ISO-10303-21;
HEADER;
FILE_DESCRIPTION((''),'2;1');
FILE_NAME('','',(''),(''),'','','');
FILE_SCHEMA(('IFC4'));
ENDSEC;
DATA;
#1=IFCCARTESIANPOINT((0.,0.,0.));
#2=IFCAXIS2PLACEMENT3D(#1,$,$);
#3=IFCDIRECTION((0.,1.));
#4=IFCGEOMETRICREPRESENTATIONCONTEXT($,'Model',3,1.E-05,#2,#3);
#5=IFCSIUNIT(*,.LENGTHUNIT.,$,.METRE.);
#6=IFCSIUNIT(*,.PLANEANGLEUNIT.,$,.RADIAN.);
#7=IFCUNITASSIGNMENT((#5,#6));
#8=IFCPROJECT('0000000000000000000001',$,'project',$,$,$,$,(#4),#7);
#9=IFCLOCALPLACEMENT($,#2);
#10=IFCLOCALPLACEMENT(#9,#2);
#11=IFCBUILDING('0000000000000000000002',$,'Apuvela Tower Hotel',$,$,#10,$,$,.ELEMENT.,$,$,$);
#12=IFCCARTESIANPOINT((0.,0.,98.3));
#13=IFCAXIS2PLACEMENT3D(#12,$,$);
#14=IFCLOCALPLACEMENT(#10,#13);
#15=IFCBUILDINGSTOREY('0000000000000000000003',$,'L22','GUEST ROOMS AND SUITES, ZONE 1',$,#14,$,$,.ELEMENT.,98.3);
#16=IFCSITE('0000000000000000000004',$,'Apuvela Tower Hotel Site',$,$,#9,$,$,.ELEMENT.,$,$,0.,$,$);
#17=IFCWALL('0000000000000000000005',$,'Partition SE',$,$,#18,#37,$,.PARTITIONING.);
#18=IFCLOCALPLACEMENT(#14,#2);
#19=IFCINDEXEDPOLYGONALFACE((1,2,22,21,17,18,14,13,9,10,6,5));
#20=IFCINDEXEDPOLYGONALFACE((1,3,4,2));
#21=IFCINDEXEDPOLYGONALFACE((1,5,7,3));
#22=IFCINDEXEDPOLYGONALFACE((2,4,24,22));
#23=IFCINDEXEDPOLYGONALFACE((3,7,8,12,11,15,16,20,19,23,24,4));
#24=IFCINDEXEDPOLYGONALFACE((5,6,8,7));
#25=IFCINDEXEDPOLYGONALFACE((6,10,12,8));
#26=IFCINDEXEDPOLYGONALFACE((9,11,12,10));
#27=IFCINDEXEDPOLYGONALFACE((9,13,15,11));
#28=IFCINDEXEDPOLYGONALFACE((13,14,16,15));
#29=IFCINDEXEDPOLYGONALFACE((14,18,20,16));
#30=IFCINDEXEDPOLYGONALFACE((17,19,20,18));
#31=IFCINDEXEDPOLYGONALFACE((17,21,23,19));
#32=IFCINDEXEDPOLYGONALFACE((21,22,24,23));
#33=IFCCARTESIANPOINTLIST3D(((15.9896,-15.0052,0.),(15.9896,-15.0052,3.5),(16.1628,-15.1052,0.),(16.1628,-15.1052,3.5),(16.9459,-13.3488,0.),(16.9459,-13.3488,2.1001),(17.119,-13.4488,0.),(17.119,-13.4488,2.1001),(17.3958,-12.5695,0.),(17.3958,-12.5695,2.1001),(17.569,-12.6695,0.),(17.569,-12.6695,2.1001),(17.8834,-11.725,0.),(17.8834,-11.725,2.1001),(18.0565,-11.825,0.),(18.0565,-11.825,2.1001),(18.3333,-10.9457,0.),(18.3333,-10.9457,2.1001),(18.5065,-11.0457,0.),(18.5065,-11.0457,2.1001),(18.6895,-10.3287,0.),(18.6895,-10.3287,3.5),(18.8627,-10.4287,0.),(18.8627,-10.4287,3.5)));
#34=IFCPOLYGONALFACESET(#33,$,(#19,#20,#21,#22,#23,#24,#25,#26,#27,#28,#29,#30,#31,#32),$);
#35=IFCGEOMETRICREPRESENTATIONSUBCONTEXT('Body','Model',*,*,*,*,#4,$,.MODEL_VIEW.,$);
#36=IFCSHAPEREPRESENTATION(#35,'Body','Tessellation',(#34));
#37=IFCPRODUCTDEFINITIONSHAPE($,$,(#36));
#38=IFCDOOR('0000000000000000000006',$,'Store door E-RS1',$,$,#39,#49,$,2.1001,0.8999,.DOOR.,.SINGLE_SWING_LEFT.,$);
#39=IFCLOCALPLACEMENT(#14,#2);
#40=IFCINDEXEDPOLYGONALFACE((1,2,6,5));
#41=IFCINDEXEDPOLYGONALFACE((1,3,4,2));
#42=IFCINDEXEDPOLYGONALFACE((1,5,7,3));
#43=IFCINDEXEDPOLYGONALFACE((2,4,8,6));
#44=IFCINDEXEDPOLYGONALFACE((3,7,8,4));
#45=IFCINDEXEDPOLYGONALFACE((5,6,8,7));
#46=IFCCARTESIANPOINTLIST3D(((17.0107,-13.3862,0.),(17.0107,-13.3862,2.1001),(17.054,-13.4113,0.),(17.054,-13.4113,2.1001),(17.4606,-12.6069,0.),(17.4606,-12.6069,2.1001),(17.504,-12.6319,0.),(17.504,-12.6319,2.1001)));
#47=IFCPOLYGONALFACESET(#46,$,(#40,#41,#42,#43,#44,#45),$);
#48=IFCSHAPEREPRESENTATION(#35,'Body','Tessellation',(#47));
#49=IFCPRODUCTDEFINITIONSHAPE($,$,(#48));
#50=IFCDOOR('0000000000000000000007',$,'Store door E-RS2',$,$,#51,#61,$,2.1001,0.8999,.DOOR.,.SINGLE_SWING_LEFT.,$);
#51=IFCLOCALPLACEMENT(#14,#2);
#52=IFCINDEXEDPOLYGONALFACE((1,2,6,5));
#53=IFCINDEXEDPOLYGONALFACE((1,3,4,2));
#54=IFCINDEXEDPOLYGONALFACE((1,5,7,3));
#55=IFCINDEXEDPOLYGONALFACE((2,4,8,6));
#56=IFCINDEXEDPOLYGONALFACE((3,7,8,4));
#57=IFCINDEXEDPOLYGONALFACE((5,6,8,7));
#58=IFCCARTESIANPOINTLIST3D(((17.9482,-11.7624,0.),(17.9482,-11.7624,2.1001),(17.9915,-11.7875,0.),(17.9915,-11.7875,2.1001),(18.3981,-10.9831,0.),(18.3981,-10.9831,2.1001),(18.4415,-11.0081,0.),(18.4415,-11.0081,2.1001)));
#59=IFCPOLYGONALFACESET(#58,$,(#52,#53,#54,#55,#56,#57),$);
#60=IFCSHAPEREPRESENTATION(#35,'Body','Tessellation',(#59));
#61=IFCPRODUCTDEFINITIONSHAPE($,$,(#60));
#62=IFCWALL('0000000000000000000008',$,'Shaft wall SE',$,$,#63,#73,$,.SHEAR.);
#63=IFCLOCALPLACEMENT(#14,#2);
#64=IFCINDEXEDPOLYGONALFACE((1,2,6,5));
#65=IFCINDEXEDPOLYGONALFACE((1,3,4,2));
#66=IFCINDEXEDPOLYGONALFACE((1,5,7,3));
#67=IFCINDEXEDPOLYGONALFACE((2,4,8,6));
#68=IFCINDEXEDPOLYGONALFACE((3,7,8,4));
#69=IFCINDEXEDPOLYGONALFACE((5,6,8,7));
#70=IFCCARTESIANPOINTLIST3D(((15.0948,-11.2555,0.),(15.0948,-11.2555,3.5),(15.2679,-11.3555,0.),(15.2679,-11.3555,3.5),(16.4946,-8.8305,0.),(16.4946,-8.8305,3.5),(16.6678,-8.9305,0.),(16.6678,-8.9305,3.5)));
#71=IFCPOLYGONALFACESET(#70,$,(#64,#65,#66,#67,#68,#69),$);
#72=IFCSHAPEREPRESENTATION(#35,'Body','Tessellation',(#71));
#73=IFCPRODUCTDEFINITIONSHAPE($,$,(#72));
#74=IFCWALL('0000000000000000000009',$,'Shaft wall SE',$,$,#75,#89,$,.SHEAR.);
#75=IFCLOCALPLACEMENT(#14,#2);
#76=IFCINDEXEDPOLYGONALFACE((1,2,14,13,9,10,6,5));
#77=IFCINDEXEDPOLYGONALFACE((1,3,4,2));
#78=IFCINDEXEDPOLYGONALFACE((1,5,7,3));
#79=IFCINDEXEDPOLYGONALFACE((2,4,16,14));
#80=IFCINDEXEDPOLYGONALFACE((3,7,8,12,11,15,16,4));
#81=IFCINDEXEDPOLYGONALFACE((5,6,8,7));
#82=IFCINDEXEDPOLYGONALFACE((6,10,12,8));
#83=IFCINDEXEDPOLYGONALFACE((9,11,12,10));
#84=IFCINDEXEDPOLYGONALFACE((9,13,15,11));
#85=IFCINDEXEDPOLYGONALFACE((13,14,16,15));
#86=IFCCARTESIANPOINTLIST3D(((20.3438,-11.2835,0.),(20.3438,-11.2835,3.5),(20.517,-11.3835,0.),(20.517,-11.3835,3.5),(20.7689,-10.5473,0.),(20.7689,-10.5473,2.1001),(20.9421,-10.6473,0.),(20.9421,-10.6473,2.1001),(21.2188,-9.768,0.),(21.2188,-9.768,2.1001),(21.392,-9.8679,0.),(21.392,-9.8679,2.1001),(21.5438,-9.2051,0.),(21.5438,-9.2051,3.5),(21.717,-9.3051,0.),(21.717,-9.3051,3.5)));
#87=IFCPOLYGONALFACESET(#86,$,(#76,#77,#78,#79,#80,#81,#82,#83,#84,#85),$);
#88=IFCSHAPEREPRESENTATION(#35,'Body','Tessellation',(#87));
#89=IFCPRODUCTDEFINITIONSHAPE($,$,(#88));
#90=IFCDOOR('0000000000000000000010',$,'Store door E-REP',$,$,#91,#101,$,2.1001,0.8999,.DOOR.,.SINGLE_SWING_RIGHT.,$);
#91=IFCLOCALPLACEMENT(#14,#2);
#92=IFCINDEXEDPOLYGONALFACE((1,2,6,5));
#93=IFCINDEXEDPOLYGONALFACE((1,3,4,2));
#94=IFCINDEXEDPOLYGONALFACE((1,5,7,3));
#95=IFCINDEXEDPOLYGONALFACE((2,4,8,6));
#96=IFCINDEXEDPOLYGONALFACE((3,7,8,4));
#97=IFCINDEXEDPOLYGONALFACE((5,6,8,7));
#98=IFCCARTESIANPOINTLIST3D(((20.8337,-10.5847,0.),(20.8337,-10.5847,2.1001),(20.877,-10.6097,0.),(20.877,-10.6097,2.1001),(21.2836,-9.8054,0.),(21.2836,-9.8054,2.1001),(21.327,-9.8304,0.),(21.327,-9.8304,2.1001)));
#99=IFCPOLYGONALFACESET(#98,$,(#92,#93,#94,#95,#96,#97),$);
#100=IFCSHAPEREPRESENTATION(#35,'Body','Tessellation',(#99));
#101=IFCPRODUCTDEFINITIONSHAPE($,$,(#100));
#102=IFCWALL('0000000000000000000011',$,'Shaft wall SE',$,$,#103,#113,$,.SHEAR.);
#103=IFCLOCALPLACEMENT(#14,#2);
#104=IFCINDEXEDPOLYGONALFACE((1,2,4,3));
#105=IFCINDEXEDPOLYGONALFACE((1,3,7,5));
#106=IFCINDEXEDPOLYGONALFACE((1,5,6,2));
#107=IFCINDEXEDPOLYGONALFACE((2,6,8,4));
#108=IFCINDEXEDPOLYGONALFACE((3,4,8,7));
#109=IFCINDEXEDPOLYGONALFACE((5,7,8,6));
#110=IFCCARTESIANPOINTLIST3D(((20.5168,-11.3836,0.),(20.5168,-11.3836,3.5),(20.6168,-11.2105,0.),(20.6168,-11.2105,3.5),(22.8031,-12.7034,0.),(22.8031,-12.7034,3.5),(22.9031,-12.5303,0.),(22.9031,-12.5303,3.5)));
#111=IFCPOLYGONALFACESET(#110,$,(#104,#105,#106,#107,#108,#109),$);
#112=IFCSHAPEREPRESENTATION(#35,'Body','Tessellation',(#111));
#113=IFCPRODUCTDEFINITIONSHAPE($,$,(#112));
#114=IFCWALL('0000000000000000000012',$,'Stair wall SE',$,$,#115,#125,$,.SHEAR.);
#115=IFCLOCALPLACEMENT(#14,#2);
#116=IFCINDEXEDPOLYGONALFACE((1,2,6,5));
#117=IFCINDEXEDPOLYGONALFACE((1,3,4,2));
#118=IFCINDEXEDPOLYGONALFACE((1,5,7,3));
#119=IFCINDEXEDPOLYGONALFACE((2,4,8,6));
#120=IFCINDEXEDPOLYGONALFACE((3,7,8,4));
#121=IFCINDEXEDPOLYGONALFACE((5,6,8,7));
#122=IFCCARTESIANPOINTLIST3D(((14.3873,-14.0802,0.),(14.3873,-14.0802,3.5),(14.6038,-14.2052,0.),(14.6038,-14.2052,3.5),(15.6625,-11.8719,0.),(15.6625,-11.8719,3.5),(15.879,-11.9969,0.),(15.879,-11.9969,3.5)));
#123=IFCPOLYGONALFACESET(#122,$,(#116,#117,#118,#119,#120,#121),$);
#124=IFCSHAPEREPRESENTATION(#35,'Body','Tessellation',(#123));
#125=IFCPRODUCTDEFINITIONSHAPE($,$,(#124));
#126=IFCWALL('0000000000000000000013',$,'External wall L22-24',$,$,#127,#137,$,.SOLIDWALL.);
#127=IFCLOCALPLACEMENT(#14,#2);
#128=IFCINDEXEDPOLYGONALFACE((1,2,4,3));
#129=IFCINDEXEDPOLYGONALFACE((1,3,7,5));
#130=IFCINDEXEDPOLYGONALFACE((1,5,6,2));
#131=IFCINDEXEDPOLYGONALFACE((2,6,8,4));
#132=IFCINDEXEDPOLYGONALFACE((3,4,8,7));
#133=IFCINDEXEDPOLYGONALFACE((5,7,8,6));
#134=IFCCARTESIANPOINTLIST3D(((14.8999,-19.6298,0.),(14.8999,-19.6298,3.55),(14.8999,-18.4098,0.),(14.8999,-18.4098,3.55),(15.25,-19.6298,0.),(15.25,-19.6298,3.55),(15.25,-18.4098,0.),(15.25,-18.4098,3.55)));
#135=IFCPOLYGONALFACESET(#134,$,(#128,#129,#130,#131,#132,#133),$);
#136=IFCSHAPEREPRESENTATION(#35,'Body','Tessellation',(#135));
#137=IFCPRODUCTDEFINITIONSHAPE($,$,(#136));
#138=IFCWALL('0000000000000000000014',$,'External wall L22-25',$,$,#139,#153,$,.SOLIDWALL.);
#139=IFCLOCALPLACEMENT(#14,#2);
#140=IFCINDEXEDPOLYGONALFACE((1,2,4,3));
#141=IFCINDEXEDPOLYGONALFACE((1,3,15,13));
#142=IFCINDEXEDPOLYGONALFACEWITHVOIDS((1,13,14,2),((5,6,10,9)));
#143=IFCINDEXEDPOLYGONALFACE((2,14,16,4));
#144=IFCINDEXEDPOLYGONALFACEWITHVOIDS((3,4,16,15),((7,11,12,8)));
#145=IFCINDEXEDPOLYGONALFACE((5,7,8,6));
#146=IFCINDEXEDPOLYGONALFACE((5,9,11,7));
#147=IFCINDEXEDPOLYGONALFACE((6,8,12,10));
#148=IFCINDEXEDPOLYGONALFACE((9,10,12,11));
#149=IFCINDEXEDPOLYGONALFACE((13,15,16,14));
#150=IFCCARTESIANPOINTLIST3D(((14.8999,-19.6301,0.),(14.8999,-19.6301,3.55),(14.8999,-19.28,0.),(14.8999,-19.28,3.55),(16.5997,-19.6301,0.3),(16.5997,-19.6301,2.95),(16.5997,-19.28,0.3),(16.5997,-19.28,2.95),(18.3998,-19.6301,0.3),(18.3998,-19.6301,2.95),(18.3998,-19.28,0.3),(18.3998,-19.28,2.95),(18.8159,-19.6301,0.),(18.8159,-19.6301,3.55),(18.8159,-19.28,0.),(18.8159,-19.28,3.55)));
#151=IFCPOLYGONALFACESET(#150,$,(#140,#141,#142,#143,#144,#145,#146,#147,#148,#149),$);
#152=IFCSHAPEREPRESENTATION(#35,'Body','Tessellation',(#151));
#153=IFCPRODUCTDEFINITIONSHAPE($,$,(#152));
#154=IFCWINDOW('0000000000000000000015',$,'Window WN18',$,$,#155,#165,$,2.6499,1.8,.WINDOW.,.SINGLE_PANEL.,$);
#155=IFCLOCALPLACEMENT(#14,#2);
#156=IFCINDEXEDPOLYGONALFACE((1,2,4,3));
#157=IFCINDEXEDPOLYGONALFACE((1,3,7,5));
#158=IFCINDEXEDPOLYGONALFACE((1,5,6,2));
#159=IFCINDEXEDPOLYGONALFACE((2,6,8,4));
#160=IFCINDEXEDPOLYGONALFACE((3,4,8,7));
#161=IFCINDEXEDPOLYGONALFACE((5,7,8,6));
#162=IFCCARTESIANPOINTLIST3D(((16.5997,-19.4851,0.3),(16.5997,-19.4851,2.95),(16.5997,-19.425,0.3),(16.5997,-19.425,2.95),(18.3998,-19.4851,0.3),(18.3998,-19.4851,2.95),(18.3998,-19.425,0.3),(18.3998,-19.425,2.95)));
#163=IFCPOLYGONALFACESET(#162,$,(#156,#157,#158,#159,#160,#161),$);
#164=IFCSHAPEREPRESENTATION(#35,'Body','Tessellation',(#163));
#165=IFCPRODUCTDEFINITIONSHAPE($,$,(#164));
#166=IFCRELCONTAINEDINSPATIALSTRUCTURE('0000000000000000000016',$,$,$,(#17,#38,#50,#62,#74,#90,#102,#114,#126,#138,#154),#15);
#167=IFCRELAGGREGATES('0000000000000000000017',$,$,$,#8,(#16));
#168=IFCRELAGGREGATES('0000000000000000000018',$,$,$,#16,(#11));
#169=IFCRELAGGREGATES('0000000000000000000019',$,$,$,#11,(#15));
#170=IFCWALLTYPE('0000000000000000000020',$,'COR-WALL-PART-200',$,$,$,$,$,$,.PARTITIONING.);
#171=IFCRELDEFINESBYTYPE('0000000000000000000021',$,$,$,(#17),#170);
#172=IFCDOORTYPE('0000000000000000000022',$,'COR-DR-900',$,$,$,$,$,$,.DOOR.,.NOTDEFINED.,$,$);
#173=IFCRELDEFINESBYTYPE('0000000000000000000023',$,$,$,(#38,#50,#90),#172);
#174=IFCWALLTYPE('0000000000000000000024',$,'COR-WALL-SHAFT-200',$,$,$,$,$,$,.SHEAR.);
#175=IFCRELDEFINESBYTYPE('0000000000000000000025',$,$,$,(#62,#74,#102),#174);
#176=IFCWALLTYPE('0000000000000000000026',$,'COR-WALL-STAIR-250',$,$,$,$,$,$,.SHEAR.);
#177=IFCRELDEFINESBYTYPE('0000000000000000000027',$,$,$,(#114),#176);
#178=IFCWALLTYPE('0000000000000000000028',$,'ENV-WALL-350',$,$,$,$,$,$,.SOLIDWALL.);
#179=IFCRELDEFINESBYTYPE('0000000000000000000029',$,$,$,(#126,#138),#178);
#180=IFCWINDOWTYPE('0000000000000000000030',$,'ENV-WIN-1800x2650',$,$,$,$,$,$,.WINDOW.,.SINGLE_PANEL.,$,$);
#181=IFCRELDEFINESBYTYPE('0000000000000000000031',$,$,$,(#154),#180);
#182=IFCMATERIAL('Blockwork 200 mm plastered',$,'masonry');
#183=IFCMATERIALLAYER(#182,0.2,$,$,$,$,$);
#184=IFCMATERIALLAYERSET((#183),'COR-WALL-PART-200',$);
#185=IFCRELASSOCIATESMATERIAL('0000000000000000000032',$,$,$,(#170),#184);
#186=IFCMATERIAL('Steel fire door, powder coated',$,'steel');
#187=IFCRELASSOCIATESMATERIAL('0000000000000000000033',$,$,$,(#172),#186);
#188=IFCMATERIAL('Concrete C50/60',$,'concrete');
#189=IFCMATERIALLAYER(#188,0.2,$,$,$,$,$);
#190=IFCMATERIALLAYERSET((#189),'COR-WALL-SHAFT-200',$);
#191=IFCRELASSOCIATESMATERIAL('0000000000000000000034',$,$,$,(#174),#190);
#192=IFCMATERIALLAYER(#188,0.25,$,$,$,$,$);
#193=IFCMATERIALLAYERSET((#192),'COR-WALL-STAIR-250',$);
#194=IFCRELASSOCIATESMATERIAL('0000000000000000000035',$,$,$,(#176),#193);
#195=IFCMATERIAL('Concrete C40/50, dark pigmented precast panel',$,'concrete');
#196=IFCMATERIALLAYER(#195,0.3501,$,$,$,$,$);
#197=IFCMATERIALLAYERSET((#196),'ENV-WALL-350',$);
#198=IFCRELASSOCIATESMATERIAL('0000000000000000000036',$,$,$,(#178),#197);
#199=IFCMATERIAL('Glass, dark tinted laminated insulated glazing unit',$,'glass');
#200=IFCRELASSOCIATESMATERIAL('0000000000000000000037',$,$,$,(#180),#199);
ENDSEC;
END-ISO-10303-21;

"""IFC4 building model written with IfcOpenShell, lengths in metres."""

from ifc_helpers import new_model, si_unit, direction, frame, frame_2d, origin, place, context, subcontext, project, spatial, rectangle, extrude, material, layer, layer_set, type_object, element, fill, save


model = new_model("IFC4")

# Units and contexts
model_context = context("Model", 3, precision=1e-05, world=origin(), true_north=direction((0.0, 1.0)))
body_context = subcontext(model_context, "Body", "Model", "MODEL_VIEW")
ifc_project = project(units=[si_unit("LENGTHUNIT", "METRE"), si_unit("PLANEANGLEUNIT", "RADIAN")], contexts=[model_context])

# Site, building, storey
site_placement = place(None, origin())
site = spatial("IfcSite", under=ifc_project, at=site_placement, Name="Apuvela Tower Hotel Site", CompositionType="ELEMENT", RefElevation=0.0)
building_placement = place(site_placement, origin())
building = spatial("IfcBuilding", under=site, at=building_placement, Name="Apuvela Tower Hotel", CompositionType="ELEMENT")
storey_placement = place(building_placement, frame((0.0, 0.0, 98.3)))
storey = spatial("IfcBuildingStorey", under=building, at=storey_placement, Name="L22", Description="GUEST ROOMS AND SUITES, ZONE 1", CompositionType="ELEMENT", Elevation=98.3)

# Wall, openings, doors
ifc_material_1 = material(Name="Blockwork 200 mm plastered", Category="masonry")
ifc_layer_1 = layer(ifc_material_1, 0.2)
ifc_layer_set_1 = layer_set([ifc_layer_1], Name="COR-WALL-PART-200")
wall_type_1 = type_object("IfcWallType", Name="COR-WALL-PART-200", PredefinedType="PARTITIONING", material=ifc_layer_set_1)
wall_1_placement = place(storey_placement, frame((16.0762, -15.0552, 0.0), z_axis=(0.0, 0.0, 1.0), x_axis=(0.499995, 0.866028, 0.0)))
wall_1 = element("IfcWall", 1, at=wall_1_placement, inside=storey, type_object=wall_type_1, Name="Partition SE", PredefinedType="PARTITIONING", context=body_context, shape_type="SweptSolid", body=[
    extrude(rectangle(XDim=5.3999, YDim=0.2, at=frame_2d((2.7, 0.0))), origin(), (0.0, 0.0, 1.0), 3.5),
])
opening_1_placement = place(wall_1_placement, frame((1.9126, 0.0, 0.0)))
opening_1 = element("IfcOpeningElement", 2, at=opening_1_placement, cuts=wall_1, PredefinedType="OPENING", context=body_context, shape_type="SweptSolid", body=[
    extrude(rectangle(XDim=0.8999, YDim=2.1001, at=frame_2d((0.45, 1.05))), frame((0.0, 0.1099, 0.0), z_axis=(0.0, -1.0, 0.0), x_axis=(1.0, 0.0, 0.0)), (0.0, 0.0, 1.0), 0.22),
])
opening_2_placement = place(wall_1_placement, frame((3.7876, 0.0, 0.0)))
opening_2 = element("IfcOpeningElement", 3, at=opening_2_placement, cuts=wall_1, PredefinedType="OPENING", context=body_context, shape_type="SweptSolid", body=[
    extrude(rectangle(XDim=0.8999, YDim=2.1001, at=frame_2d((0.45, 1.05))), frame((0.0, 0.1099, 0.0), z_axis=(0.0, -1.0, 0.0), x_axis=(1.0, 0.0, 0.0)), (0.0, 0.0, 1.0), 0.22),
])
ifc_material_2 = material(Name="Steel fire door, powder coated", Category="steel")
door_type_1 = type_object("IfcDoorType", Name="COR-DR-900", OperationType="NOTDEFINED", PredefinedType="DOOR", material=ifc_material_2)
door_1_placement = place(opening_1_placement, frame((0.8999, 0.0, 0.0), z_axis=(0.0, 0.0, 1.0), x_axis=(-1.0, 0.0, 0.0)))
door_1 = element("IfcDoor", 4, at=door_1_placement, inside=storey, type_object=door_type_1, Name="Store door E-RS1", OperationType="SINGLE_SWING_LEFT", OverallHeight=2.1001, OverallWidth=0.8999, PredefinedType="DOOR", context=body_context, shape_type="SweptSolid", body=[
    extrude(rectangle(XDim=0.8999, YDim=2.1001, at=frame_2d((0.45, 1.05))), frame((0.0, 0.0249, 0.0), z_axis=(0.0, -1.0, 0.0), x_axis=(1.0, 0.0, 0.0)), (0.0, 0.0, 1.0), 0.05),
])
fill(opening_1, door_1)
door_2_placement = place(opening_2_placement, frame((0.8999, 0.0, 0.0), z_axis=(0.0, 0.0, 1.0), x_axis=(-1.0, 0.0, 0.0)))
door_2 = element("IfcDoor", 5, at=door_2_placement, inside=storey, type_object=door_type_1, Name="Store door E-RS2", OperationType="SINGLE_SWING_LEFT", OverallHeight=2.1001, OverallWidth=0.8999, PredefinedType="DOOR", context=body_context, shape_type="SweptSolid", body=[
    extrude(rectangle(XDim=0.8999, YDim=2.1001, at=frame_2d((0.45, 1.05))), frame((0.0, 0.0249, 0.0), z_axis=(0.0, -1.0, 0.0), x_axis=(1.0, 0.0, 0.0)), (0.0, 0.0, 1.0), 0.05),
])
fill(opening_2, door_2)

# Wall
ifc_material_3 = material(Name="Concrete C50/60", Category="concrete")
ifc_layer_2 = layer(ifc_material_3, 0.2)
ifc_layer_set_2 = layer_set([ifc_layer_2], Name="COR-WALL-SHAFT-200")
wall_type_2 = type_object("IfcWallType", Name="COR-WALL-SHAFT-200", PredefinedType="SHEAR", material=ifc_layer_set_2)
wall_2_placement = place(storey_placement, frame((15.1814, -11.3054, 0.0), z_axis=(0.0, 0.0, 1.0), x_axis=(0.499946, 0.866056, 0.0)))
element("IfcWall", 6, at=wall_2_placement, inside=storey, type_object=wall_type_2, Name="Shaft wall SE", PredefinedType="SHEAR", context=body_context, shape_type="SweptSolid", body=[
    extrude(rectangle(XDim=2.8, YDim=0.2, at=frame_2d((1.3999, 0.0))), origin(), (0.0, 0.0, 1.0), 3.5),
])

# Wall, opening, door
wall_3_placement = place(storey_placement, frame((20.4304, -11.3335, 0.0), z_axis=(0.0, 0.0, 1.0), x_axis=(0.500001, 0.866025, 0.0)))
wall_3 = element("IfcWall", 7, at=wall_3_placement, inside=storey, type_object=wall_type_2, Name="Shaft wall SE", PredefinedType="SHEAR", context=body_context, shape_type="SweptSolid", body=[
    extrude(rectangle(XDim=2.3999, YDim=0.2, at=frame_2d((1.2, 0.0))), origin(), (0.0, 0.0, 1.0), 3.5),
])
opening_3_placement = place(wall_3_placement, frame((0.8501, 0.0, 0.0)))
opening_3 = element("IfcOpeningElement", 8, at=opening_3_placement, cuts=wall_3, PredefinedType="OPENING", context=body_context, shape_type="SweptSolid", body=[
    extrude(rectangle(XDim=0.8999, YDim=2.1001, at=frame_2d((0.45, 1.05))), frame((0.0, 0.1099, 0.0), z_axis=(0.0, -1.0, 0.0), x_axis=(1.0, 0.0, 0.0)), (0.0, 0.0, 1.0), 0.22),
])
door_3_placement = place(opening_3_placement, frame((0.8999, 0.0, 0.0), z_axis=(0.0, 0.0, 1.0), x_axis=(-1.0, 0.0, 0.0)))
door_3 = element("IfcDoor", 9, at=door_3_placement, inside=storey, type_object=door_type_1, Name="Store door E-REP", OperationType="SINGLE_SWING_RIGHT", OverallHeight=2.1001, OverallWidth=0.8999, PredefinedType="DOOR", context=body_context, shape_type="SweptSolid", body=[
    extrude(rectangle(XDim=0.8999, YDim=2.1001, at=frame_2d((0.45, 1.05))), frame((0.0, 0.0249, 0.0), z_axis=(0.0, -1.0, 0.0), x_axis=(1.0, 0.0, 0.0)), (0.0, 0.0, 1.0), 0.05),
])
fill(opening_3, door_3)

# Walls
wall_4_placement = place(storey_placement, frame((20.5669, -11.2971, 0.0), z_axis=(0.0, 0.0, 1.0), x_axis=(0.866061, -0.499939, 0.0)))
element("IfcWall", 10, at=wall_4_placement, inside=storey, type_object=wall_type_2, Name="Shaft wall SE", PredefinedType="SHEAR", context=body_context, shape_type="SweptSolid", body=[
    extrude(rectangle(XDim=2.6399, YDim=0.2, at=frame_2d((1.3198, 0.0))), origin(), (0.0, 0.0, 1.0), 3.5),
])
ifc_layer_3 = layer(ifc_material_3, 0.25)
ifc_layer_set_3 = layer_set([ifc_layer_3], Name="COR-WALL-STAIR-250")
wall_type_3 = type_object("IfcWallType", Name="COR-WALL-STAIR-250", PredefinedType="SHEAR", material=ifc_layer_set_3)
wall_5_placement = place(storey_placement, frame((14.4956, -14.1426, 0.0), z_axis=(0.0, 0.0, 1.0), x_axis=(0.500062, 0.865989, 0.0)))
element("IfcWall", 11, at=wall_5_placement, inside=storey, type_object=wall_type_3, Name="Stair wall SE", PredefinedType="SHEAR", context=body_context, shape_type="SweptSolid", body=[
    extrude(rectangle(XDim=2.55, YDim=0.25, at=frame_2d((1.2749, 0.0))), origin(), (0.0, 0.0, 1.0), 3.5),
])
ifc_material_4 = material(Name="Concrete C40/50, dark pigmented precast panel", Category="concrete")
ifc_layer_4 = layer(ifc_material_4, 0.3501)
ifc_layer_set_4 = layer_set([ifc_layer_4], Name="ENV-WALL-350")
wall_type_4 = type_object("IfcWallType", Name="ENV-WALL-350", PredefinedType="SOLIDWALL", material=ifc_layer_set_4)
wall_6_placement = place(storey_placement, frame((15.075, -18.4099, 0.0), z_axis=(0.0, 0.0, 1.0), x_axis=(0.0, -1.0, 0.0)))
element("IfcWall", 12, at=wall_6_placement, inside=storey, type_object=wall_type_4, Name="External wall L22-24", PredefinedType="SOLIDWALL", context=body_context, shape_type="SweptSolid", body=[
    extrude(rectangle(XDim=1.22, YDim=0.3501, at=frame_2d((0.6099, 0.0))), origin(), (0.0, 0.0, 1.0), 3.55),
])

# Wall, opening, window
wall_7_placement = place(storey_placement, frame((14.8999, -19.4551, 0.0), z_axis=(0.0, 0.0, 1.0), x_axis=(1.0, 0.0, 0.0)))
wall_7 = element("IfcWall", 13, at=wall_7_placement, inside=storey, type_object=wall_type_4, Name="External wall L22-25", PredefinedType="SOLIDWALL", context=body_context, shape_type="SweptSolid", body=[
    extrude(rectangle(XDim=3.916, YDim=0.3501, at=frame_2d((1.958, 0.0))), origin(), (0.0, 0.0, 1.0), 3.55),
])
opening_4_placement = place(wall_7_placement, frame((1.7, 0.0, 0.3)))
opening_4 = element("IfcOpeningElement", 14, at=opening_4_placement, cuts=wall_7, PredefinedType="OPENING", context=body_context, shape_type="SweptSolid", body=[
    extrude(rectangle(XDim=1.8, YDim=2.6499, at=frame_2d((0.8999, 1.325))), frame((0.0, 0.1851, 0.0), z_axis=(0.0, -1.0, 0.0), x_axis=(1.0, 0.0, 0.0)), (0.0, 0.0, 1.0), 0.3701),
])
ifc_material_5 = material(Name="Glass, dark tinted laminated insulated glazing unit", Category="glass")
window_type = type_object("IfcWindowType", Name="ENV-WIN-1800x2650", PartitioningType="SINGLE_PANEL", PredefinedType="WINDOW", material=ifc_material_5)
window_placement = place(opening_4_placement, origin())
window = element("IfcWindow", 15, at=window_placement, inside=storey, type_object=window_type, Name="Window WN18", OverallHeight=2.6499, OverallWidth=1.8, PartitioningType="SINGLE_PANEL", PredefinedType="WINDOW", context=body_context, shape_type="SweptSolid", body=[
    extrude(rectangle(XDim=1.8, YDim=2.6499, at=frame_2d((0.8999, 1.325))), frame((0.0, 0.03, 0.0), z_axis=(0.0, -1.0, 0.0), x_axis=(1.0, 0.0, 0.0)), (0.0, 0.0, 1.0), 0.0601),
])
fill(opening_4, window)

save(model, "model.ifc")
